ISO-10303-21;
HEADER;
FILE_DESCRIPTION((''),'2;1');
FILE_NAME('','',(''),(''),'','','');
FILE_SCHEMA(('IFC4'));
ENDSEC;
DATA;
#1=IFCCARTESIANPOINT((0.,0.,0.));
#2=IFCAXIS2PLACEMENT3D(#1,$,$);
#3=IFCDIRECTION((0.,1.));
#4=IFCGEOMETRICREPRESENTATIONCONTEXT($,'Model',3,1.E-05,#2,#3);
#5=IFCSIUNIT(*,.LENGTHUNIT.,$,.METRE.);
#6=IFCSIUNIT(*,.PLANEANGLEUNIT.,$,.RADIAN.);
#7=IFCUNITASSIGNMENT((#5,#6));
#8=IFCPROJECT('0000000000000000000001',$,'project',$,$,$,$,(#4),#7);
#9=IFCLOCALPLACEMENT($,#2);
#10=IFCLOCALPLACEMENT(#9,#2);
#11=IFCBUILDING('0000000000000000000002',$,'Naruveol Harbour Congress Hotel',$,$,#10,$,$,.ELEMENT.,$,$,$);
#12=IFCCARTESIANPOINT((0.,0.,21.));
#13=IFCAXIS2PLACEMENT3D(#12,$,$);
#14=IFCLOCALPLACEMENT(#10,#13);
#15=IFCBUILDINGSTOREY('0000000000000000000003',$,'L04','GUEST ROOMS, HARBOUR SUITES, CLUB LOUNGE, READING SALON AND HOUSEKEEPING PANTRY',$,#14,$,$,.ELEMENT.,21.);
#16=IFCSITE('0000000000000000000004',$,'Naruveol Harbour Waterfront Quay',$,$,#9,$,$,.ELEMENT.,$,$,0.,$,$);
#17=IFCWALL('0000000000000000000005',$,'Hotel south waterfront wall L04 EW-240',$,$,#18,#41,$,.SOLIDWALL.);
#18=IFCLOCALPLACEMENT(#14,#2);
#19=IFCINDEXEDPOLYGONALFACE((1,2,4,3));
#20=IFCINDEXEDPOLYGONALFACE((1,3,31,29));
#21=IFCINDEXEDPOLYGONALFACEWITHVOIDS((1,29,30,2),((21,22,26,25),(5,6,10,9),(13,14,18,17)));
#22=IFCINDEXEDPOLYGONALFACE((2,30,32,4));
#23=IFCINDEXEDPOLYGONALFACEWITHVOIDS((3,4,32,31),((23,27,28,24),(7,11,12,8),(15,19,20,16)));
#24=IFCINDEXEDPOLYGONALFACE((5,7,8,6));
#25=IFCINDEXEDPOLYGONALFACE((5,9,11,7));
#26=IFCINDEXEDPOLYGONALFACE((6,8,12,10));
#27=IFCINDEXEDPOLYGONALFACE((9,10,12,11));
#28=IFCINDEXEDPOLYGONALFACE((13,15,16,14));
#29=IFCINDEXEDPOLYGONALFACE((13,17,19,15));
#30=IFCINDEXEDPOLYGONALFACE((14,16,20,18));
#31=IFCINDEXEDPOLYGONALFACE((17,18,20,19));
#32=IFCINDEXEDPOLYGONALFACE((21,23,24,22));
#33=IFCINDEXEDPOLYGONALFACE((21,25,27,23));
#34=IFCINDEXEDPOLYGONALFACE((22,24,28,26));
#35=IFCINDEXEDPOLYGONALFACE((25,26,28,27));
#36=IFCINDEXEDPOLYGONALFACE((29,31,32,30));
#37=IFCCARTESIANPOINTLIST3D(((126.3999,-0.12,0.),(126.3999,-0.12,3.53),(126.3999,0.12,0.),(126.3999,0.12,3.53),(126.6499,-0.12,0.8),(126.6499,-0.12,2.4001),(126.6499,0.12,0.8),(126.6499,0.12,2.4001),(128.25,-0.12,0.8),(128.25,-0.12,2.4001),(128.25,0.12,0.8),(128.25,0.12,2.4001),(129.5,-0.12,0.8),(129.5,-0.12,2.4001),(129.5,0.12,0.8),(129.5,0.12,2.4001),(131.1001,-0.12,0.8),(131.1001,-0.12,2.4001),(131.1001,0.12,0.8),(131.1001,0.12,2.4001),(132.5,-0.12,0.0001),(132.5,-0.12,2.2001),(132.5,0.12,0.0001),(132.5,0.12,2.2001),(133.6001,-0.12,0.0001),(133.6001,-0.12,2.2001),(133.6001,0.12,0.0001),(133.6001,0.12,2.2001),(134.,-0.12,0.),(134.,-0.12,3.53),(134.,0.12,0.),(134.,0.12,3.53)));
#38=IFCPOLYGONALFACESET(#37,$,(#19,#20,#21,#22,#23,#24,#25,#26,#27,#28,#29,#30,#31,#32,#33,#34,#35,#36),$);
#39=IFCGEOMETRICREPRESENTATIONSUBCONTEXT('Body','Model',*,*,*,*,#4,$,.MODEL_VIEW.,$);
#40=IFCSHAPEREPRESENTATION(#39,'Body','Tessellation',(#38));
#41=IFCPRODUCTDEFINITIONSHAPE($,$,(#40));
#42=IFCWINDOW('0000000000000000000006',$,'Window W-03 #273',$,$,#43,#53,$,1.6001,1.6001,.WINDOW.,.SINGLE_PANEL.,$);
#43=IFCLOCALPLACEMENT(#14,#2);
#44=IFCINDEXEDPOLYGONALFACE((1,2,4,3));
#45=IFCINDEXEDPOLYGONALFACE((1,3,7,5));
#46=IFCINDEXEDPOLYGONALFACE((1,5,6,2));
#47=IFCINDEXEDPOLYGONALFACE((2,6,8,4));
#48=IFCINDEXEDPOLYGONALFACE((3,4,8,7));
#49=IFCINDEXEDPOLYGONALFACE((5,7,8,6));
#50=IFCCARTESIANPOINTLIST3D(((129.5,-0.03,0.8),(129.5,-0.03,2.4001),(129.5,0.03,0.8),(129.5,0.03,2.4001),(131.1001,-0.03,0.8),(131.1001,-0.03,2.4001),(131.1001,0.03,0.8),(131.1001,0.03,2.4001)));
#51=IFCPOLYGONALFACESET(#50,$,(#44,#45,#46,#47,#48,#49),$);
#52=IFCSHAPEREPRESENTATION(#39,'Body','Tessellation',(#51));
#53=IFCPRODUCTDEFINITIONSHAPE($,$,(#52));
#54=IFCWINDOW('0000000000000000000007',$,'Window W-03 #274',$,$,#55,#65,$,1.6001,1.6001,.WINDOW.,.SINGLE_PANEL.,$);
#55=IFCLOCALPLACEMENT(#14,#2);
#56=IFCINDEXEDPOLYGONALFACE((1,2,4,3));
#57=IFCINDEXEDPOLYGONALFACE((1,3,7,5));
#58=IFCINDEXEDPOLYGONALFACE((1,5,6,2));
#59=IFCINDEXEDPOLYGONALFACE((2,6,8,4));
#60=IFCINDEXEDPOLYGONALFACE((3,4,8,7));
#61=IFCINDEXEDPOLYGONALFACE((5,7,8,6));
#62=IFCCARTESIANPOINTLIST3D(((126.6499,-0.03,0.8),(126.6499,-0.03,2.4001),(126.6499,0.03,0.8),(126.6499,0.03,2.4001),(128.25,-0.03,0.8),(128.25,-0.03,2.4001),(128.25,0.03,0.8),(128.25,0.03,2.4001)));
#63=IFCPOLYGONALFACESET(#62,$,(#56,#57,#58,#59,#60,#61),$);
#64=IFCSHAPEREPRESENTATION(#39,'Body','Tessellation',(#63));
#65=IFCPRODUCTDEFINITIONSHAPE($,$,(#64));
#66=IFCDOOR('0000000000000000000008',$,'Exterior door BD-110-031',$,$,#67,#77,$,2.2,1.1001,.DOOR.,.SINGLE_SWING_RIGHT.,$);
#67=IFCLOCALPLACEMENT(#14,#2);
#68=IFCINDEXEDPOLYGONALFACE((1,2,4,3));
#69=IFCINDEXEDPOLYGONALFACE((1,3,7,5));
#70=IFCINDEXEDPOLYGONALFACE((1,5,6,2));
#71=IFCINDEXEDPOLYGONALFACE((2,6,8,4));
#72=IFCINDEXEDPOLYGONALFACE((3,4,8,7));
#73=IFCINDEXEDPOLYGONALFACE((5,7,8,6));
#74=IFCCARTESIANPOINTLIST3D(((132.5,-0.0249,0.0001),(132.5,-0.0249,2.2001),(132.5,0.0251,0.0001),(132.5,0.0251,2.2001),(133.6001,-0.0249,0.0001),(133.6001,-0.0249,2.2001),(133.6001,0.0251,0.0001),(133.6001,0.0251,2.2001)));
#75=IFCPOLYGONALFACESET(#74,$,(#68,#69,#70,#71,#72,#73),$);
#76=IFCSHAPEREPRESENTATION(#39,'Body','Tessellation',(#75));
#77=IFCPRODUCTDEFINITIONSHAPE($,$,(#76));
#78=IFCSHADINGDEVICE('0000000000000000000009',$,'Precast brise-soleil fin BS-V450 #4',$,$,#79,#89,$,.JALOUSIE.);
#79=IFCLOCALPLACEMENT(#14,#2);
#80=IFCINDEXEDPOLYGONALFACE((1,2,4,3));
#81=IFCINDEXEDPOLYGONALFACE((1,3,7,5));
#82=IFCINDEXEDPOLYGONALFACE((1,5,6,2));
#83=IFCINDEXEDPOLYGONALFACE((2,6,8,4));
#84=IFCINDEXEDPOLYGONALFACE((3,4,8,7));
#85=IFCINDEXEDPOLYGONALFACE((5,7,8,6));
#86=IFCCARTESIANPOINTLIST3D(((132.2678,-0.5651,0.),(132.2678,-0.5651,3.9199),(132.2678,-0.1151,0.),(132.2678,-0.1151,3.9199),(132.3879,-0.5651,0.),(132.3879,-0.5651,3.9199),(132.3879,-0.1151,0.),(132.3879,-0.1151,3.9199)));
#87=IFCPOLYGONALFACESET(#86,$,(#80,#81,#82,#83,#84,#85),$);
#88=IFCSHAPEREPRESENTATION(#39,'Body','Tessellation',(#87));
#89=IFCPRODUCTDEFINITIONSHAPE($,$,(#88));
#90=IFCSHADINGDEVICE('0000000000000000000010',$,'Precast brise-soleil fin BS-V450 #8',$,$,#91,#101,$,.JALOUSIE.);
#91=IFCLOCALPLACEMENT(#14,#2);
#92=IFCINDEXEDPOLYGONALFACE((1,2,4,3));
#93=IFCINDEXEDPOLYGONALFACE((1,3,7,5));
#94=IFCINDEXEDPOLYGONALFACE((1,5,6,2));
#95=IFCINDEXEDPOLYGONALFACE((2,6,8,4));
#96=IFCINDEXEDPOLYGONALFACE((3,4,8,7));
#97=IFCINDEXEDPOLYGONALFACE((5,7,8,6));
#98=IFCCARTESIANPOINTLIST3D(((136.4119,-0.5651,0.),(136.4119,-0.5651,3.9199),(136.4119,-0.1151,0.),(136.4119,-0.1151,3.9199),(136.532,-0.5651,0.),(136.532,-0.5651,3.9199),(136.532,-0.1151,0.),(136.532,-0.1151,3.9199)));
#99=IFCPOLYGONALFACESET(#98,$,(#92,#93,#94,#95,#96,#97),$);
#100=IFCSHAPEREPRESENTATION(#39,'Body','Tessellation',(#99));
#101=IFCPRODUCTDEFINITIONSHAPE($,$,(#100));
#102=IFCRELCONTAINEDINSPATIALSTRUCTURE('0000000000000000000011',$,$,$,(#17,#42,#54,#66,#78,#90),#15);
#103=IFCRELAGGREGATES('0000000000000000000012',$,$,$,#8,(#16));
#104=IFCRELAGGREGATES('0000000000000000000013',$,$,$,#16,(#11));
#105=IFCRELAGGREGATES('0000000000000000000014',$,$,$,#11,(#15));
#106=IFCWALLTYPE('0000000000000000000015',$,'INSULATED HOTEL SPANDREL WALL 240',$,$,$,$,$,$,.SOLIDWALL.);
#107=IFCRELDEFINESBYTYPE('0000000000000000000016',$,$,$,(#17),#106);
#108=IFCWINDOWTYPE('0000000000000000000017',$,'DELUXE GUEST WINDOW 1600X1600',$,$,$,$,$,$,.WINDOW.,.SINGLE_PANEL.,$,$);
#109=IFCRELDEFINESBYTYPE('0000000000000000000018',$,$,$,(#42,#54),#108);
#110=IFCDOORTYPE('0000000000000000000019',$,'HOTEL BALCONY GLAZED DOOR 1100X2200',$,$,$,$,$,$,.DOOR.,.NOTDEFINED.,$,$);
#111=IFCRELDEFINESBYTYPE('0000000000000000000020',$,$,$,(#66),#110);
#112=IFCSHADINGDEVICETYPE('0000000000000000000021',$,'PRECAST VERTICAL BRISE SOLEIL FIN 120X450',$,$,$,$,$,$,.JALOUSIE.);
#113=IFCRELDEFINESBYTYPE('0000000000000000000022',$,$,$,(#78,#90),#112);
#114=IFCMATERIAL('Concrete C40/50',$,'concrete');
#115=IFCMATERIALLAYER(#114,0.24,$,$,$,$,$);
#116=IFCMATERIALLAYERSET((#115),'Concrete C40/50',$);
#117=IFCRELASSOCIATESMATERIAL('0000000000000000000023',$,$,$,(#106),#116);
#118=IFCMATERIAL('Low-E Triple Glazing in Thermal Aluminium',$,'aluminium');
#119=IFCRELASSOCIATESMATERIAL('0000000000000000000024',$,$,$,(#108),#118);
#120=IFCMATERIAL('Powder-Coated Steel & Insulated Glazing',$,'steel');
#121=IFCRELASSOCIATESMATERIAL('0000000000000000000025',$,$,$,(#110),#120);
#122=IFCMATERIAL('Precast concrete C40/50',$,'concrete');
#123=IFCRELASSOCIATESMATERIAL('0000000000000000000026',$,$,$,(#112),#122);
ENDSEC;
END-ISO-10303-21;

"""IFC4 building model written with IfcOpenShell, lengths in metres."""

from ifc_helpers import new_model, si_unit, direction, frame, frame_2d, origin, origin_2d, place, context, subcontext, project, spatial, rectangle, extrude, material, layer, layer_set, type_object, element, fill, save


model = new_model("IFC4")

# Units and contexts
model_context = context("Model", 3, precision=1e-05, world=origin(), true_north=direction((0.0, 1.0)))
body_context = subcontext(model_context, "Body", "Model", "MODEL_VIEW")
ifc_project = project(units=[si_unit("LENGTHUNIT", "METRE"), si_unit("PLANEANGLEUNIT", "RADIAN")], contexts=[model_context])

# Site, building, storey
site_placement = place(None, origin())
site = spatial("IfcSite", under=ifc_project, at=site_placement, Name="Naruveol Harbour Waterfront Quay", CompositionType="ELEMENT", RefElevation=0.0)
building_placement = place(site_placement, origin())
building = spatial("IfcBuilding", under=site, at=building_placement, Name="Naruveol Harbour Congress Hotel", CompositionType="ELEMENT")
storey_placement = place(building_placement, frame((0.0, 0.0, 21.0)))
storey = spatial("IfcBuildingStorey", under=building, at=storey_placement, Name="L04", Description="GUEST ROOMS, HARBOUR SUITES, CLUB LOUNGE, READING SALON AND HOUSEKEEPING PANTRY", CompositionType="ELEMENT", Elevation=21.0)

# Wall, openings, windows, door
ifc_material_1 = material(Name="Concrete C40/50", Category="concrete")
ifc_layer_1 = layer(ifc_material_1, 0.24)
ifc_layer_set_1 = layer_set([ifc_layer_1], Name="Concrete C40/50")
wall_type_1 = type_object("IfcWallType", Name="INSULATED HOTEL SPANDREL WALL 240", PredefinedType="SOLIDWALL", material=ifc_layer_set_1)
wall_1_placement = place(storey_placement, frame((134.0, 0.0, 0.0), z_axis=(0.0, 0.0, 1.0), x_axis=(-1.0, 0.0, 0.0)))
wall_1 = element("IfcWall", 1, at=wall_1_placement, inside=storey, type_object=wall_type_1, Name="Hotel south waterfront wall L04 EW-240", PredefinedType="SOLIDWALL", context=body_context, shape_type="SweptSolid", body=[
    extrude(rectangle(XDim=7.6001, YDim=0.24, at=frame_2d((3.8, 0.0))), origin(), (0.0, 0.0, 1.0), 3.53),
])
opening_1_placement = place(wall_1_placement, frame((0.3999, 0.0, 0.0)))
opening_1 = element("IfcOpeningElement", 2, at=opening_1_placement, cuts=wall_1, PredefinedType="OPENING", context=body_context, shape_type="SweptSolid", body=[
    extrude(rectangle(XDim=1.1001, YDim=2.2, at=frame_2d((0.55, 1.1001))), frame((0.0, 0.1299, 0.0), z_axis=(0.0, -1.0, 0.0), x_axis=(1.0, 0.0, 0.0)), (0.0, 0.0, 1.0), 0.26),
])
opening_2_placement = place(wall_1_placement, frame((2.8999, 0.0, 0.8)))
opening_2 = element("IfcOpeningElement", 3, at=opening_2_placement, cuts=wall_1, PredefinedType="OPENING", context=body_context, shape_type="SweptSolid", body=[
    extrude(rectangle(XDim=1.6001, YDim=1.6001, at=frame_2d((0.8, 0.8))), frame((0.0, 0.1299, 0.0), z_axis=(0.0, -1.0, 0.0), x_axis=(1.0, 0.0, 0.0)), (0.0, 0.0, 1.0), 0.26),
])
opening_3_placement = place(wall_1_placement, frame((5.75, 0.0, 0.8)))
opening_3 = element("IfcOpeningElement", 4, at=opening_3_placement, cuts=wall_1, PredefinedType="OPENING", context=body_context, shape_type="SweptSolid", body=[
    extrude(rectangle(XDim=1.6001, YDim=1.6001, at=frame_2d((0.8, 0.8))), frame((0.0, 0.1299, 0.0), z_axis=(0.0, -1.0, 0.0), x_axis=(1.0, 0.0, 0.0)), (0.0, 0.0, 1.0), 0.26),
])
ifc_material_2 = material(Name="Low-E Triple Glazing in Thermal Aluminium", Category="aluminium")
window_type = type_object("IfcWindowType", Name="DELUXE GUEST WINDOW 1600X1600", PartitioningType="SINGLE_PANEL", PredefinedType="WINDOW", material=ifc_material_2)
window_1_placement = place(opening_2_placement, origin())
window_1 = element("IfcWindow", 5, at=window_1_placement, inside=storey, type_object=window_type, Name="Window W-03 #273", OverallHeight=1.6001, OverallWidth=1.6001, PartitioningType="SINGLE_PANEL", PredefinedType="WINDOW", context=body_context, shape_type="SweptSolid", body=[
    extrude(rectangle(XDim=1.6001, YDim=1.6001, at=frame_2d((0.8, 0.8))), frame((0.0, 0.03, 0.0), z_axis=(0.0, -1.0, 0.0), x_axis=(1.0, 0.0, 0.0)), (0.0, 0.0, 1.0), 0.0601),
])
fill(opening_2, window_1)
window_2_placement = place(opening_3_placement, origin())
window_2 = element("IfcWindow", 6, at=window_2_placement, inside=storey, type_object=window_type, Name="Window W-03 #274", OverallHeight=1.6001, OverallWidth=1.6001, PartitioningType="SINGLE_PANEL", PredefinedType="WINDOW", context=body_context, shape_type="SweptSolid", body=[
    extrude(rectangle(XDim=1.6001, YDim=1.6001, at=frame_2d((0.8, 0.8))), frame((0.0, 0.03, 0.0), z_axis=(0.0, -1.0, 0.0), x_axis=(1.0, 0.0, 0.0)), (0.0, 0.0, 1.0), 0.0601),
])
fill(opening_3, window_2)
ifc_material_3 = material(Name="Powder-Coated Steel & Insulated Glazing", Category="steel")
door_type_1 = type_object("IfcDoorType", Name="HOTEL BALCONY GLAZED DOOR 1100X2200", OperationType="NOTDEFINED", PredefinedType="DOOR", material=ifc_material_3)
door_1_placement = place(opening_1_placement, origin())
door_1 = element("IfcDoor", 7, at=door_1_placement, inside=storey, type_object=door_type_1, Name="Exterior door BD-110-031", OperationType="SINGLE_SWING_RIGHT", OverallHeight=2.2, OverallWidth=1.1001, PredefinedType="DOOR", context=body_context, shape_type="SweptSolid", body=[
    extrude(rectangle(XDim=1.1001, YDim=2.2, at=frame_2d((0.55, 1.1001))), frame((0.0, 0.0249, 0.0), z_axis=(0.0, -1.0, 0.0), x_axis=(1.0, 0.0, 0.0)), (0.0, 0.0, 1.0), 0.05),
])
fill(opening_1, door_1)

# Shading devices
ifc_material_4 = material(Name="Precast concrete C40/50", Category="concrete")
shading_device_type = type_object("IfcShadingDeviceType", Name="PRECAST VERTICAL BRISE SOLEIL FIN 120X450", PredefinedType="JALOUSIE", material=ifc_material_4)
for number, where, z_axis, x_axis, name in (
    (8, (132.3279, -0.3401, 0.0), (0.0, 0.0, 1.0), (-1.0, 0.0, 0.0), "Precast brise-soleil fin BS-V450 #4"),
    (9, (136.4719, -0.3401, 0.0), (0.0, 0.0, 1.0), (-1.0, 0.0, 0.0), "Precast brise-soleil fin BS-V450 #8"),
):
    element("IfcShadingDevice", number, at=place(storey_placement, frame(where, z_axis=z_axis, x_axis=x_axis)), inside=storey, type_object=shading_device_type, Name=name, PredefinedType="JALOUSIE", context=body_context, shape_type="SweptSolid", body=[
        extrude(rectangle(XDim=0.1201, YDim=0.45, at=origin_2d()), origin(), (0.0, 0.0, 1.0), 3.9199),
    ])

save(model, "model.ifc")
